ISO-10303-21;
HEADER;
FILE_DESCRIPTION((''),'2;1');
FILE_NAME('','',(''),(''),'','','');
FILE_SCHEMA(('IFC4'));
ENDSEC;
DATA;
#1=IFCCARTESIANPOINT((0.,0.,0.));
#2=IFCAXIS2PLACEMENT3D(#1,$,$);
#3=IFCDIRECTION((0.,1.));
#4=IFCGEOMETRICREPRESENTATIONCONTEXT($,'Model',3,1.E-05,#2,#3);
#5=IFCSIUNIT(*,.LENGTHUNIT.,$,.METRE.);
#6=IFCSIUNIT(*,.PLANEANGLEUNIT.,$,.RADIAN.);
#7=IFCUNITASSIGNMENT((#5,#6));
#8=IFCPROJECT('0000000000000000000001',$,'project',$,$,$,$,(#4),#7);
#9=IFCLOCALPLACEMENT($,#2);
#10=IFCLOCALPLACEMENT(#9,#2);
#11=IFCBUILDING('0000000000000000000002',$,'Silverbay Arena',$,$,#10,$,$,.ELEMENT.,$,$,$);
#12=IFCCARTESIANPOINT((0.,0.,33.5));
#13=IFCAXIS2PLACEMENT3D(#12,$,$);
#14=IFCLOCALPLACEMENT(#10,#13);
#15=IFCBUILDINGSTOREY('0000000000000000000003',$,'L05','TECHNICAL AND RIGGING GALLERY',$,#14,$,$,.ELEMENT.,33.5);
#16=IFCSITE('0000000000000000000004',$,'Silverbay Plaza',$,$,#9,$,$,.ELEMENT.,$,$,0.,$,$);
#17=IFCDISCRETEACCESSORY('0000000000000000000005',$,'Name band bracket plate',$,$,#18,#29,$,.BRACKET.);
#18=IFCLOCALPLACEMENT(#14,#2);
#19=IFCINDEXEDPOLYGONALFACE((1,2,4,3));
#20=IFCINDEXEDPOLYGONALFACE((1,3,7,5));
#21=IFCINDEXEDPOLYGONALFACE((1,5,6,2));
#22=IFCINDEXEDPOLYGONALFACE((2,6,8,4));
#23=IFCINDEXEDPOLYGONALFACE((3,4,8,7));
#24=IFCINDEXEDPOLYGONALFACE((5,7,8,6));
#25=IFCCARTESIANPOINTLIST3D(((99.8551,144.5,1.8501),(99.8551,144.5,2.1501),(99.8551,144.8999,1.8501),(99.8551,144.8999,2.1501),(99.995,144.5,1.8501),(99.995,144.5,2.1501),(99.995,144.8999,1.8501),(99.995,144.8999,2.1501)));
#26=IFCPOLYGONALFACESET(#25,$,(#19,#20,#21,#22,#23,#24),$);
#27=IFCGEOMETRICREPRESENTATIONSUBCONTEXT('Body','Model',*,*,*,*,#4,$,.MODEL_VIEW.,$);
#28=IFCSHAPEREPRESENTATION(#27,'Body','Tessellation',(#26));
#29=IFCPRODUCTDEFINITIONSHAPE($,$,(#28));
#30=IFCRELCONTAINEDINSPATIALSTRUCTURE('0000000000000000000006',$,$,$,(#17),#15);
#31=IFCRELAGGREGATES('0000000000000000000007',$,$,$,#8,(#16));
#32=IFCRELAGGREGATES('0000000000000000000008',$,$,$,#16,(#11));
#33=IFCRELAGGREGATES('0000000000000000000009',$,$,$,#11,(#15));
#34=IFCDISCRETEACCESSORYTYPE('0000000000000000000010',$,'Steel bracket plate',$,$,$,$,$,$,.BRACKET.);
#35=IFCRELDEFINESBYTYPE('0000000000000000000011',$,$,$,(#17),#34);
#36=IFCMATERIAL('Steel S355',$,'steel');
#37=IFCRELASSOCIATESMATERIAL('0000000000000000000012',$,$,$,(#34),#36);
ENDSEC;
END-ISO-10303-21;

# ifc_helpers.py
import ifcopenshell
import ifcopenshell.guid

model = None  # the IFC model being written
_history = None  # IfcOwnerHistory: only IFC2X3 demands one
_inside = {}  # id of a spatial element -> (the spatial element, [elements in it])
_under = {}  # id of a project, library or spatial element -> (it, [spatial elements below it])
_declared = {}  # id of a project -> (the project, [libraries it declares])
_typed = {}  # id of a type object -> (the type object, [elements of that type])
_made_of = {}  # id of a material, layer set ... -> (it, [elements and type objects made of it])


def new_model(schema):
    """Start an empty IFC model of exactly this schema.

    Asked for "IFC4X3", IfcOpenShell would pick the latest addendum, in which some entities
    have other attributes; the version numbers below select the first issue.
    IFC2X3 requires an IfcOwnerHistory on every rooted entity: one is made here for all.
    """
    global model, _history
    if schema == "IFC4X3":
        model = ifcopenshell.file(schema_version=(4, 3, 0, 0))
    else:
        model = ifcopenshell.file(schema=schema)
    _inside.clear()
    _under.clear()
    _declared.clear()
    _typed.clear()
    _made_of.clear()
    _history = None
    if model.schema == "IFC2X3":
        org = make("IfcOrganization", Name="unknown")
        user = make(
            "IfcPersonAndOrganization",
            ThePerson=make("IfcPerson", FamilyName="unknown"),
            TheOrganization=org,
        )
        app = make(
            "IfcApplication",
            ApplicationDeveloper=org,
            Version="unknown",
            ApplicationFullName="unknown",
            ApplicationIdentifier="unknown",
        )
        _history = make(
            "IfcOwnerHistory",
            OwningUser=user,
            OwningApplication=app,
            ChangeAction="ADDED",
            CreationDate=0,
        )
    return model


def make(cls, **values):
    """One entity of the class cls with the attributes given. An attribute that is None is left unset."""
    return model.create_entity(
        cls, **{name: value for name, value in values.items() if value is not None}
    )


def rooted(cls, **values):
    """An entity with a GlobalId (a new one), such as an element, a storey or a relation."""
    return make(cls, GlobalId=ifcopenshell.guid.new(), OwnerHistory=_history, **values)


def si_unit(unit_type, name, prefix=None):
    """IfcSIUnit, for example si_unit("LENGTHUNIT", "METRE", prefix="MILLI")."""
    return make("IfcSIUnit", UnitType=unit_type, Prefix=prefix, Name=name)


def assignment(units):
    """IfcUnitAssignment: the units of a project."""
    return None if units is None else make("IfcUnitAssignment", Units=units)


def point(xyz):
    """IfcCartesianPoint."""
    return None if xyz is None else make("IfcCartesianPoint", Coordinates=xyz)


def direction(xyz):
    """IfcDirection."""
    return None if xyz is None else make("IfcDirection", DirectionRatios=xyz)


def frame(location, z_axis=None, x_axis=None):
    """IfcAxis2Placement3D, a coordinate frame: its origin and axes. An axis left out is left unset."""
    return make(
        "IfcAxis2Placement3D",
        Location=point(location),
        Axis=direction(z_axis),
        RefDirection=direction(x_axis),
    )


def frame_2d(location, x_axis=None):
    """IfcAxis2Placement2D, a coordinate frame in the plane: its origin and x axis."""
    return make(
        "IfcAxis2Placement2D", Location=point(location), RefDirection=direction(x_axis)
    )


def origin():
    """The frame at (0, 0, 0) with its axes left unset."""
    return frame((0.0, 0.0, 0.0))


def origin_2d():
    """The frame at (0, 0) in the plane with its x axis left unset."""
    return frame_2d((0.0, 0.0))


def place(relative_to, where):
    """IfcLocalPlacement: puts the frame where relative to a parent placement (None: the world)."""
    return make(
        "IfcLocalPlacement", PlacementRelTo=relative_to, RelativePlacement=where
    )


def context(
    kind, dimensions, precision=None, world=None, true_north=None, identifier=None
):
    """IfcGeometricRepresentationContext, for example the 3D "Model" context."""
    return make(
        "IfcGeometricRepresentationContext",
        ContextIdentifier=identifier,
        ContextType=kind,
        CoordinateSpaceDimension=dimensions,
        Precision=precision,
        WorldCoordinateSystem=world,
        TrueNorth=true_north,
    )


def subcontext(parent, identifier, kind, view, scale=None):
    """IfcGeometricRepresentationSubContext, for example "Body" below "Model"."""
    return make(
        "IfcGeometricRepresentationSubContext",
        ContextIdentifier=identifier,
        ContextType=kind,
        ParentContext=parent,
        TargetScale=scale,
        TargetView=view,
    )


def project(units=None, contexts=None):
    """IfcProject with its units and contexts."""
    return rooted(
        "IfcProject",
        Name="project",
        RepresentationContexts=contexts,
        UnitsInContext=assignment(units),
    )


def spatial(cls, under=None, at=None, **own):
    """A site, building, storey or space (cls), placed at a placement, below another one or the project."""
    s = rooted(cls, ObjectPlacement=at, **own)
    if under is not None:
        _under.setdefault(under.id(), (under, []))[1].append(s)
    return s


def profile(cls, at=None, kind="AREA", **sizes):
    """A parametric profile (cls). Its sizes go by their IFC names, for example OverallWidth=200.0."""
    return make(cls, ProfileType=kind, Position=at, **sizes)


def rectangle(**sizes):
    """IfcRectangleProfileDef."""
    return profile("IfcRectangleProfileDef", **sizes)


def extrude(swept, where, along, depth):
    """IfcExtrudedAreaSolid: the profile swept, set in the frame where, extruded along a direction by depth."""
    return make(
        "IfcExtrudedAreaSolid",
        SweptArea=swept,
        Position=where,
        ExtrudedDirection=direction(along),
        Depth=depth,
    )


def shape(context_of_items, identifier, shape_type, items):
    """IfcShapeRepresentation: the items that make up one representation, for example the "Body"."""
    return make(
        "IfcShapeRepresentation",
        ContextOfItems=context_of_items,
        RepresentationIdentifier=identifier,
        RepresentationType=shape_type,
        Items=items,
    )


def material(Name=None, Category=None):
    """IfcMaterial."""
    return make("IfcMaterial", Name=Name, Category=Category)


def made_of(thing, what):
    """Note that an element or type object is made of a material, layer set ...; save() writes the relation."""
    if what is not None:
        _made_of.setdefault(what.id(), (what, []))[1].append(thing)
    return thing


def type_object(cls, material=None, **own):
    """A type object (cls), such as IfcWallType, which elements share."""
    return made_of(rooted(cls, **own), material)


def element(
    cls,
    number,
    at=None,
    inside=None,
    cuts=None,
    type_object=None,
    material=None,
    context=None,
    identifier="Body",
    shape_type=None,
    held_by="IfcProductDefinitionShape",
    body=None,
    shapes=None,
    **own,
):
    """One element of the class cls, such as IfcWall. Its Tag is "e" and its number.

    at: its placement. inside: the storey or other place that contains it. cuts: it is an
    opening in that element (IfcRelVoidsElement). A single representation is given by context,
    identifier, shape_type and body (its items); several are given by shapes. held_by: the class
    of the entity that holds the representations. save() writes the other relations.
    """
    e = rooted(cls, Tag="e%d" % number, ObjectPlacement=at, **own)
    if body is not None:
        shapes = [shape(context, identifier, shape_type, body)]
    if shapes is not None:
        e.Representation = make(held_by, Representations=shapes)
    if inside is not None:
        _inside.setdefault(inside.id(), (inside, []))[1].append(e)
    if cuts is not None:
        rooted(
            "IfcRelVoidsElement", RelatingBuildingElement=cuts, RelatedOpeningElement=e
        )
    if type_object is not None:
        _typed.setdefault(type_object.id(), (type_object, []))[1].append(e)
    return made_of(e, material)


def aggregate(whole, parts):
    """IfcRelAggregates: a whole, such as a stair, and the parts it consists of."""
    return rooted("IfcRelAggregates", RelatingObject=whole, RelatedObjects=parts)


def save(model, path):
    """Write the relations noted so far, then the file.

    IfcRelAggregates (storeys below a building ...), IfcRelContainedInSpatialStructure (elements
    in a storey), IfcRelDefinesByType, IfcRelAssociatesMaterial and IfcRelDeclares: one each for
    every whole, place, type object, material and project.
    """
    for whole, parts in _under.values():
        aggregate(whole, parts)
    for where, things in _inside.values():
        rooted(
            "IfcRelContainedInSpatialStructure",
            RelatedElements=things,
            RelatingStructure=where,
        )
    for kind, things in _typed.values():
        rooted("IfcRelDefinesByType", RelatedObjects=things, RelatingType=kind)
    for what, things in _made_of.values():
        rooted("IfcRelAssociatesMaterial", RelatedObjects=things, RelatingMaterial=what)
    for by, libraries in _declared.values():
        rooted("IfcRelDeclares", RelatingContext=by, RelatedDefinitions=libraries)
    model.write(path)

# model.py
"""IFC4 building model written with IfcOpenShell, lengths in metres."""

from ifc_helpers import new_model, si_unit, direction, frame, origin, origin_2d, place, context, subcontext, project, spatial, rectangle, extrude, material, type_object, element, save


model = new_model("IFC4")

# Units and contexts
model_context = context("Model", 3, precision=1e-05, world=origin(), true_north=direction((0.0, 1.0)))
body_context = subcontext(model_context, "Body", "Model", "MODEL_VIEW")
ifc_project = project(units=[si_unit("LENGTHUNIT", "METRE"), si_unit("PLANEANGLEUNIT", "RADIAN")], contexts=[model_context])

# Site, building, storey
site_placement = place(None, origin())
site = spatial("IfcSite", under=ifc_project, at=site_placement, Name="Silverbay Plaza", CompositionType="ELEMENT", RefElevation=0.0)
building_placement = place(site_placement, origin())
building = spatial("IfcBuilding", under=site, at=building_placement, Name="Silverbay Arena", CompositionType="ELEMENT")
storey_placement = place(building_placement, frame((0.0, 0.0, 33.5)))
storey = spatial("IfcBuildingStorey", under=building, at=storey_placement, Name="L05", Description="TECHNICAL AND RIGGING GALLERY", CompositionType="ELEMENT", Elevation=33.5)

# Discrete accessory
ifc_material_1 = material(Name="Steel S355", Category="steel")
discrete_accessory_type = type_object("IfcDiscreteAccessoryType", Name="Steel bracket plate", PredefinedType="BRACKET", material=ifc_material_1)
for number, where, z_axis, x_axis, name in (
    (1, (99.925, 144.7, 1.8501), (0.0, 0.0, 1.0), (1.0, 0.0, 0.0), "Name band bracket plate"),
):
    element("IfcDiscreteAccessory", number, at=place(storey_placement, frame(where, z_axis=z_axis, x_axis=x_axis)), inside=storey, type_object=discrete_accessory_type, Name=name, PredefinedType="BRACKET", context=body_context, shape_type="SweptSolid", body=[
        extrude(rectangle(XDim=0.1399, YDim=0.3999, at=origin_2d()), origin(), (0.0, 0.0, 1.0), 0.3),
    ])

save(model, "model.ifc")
